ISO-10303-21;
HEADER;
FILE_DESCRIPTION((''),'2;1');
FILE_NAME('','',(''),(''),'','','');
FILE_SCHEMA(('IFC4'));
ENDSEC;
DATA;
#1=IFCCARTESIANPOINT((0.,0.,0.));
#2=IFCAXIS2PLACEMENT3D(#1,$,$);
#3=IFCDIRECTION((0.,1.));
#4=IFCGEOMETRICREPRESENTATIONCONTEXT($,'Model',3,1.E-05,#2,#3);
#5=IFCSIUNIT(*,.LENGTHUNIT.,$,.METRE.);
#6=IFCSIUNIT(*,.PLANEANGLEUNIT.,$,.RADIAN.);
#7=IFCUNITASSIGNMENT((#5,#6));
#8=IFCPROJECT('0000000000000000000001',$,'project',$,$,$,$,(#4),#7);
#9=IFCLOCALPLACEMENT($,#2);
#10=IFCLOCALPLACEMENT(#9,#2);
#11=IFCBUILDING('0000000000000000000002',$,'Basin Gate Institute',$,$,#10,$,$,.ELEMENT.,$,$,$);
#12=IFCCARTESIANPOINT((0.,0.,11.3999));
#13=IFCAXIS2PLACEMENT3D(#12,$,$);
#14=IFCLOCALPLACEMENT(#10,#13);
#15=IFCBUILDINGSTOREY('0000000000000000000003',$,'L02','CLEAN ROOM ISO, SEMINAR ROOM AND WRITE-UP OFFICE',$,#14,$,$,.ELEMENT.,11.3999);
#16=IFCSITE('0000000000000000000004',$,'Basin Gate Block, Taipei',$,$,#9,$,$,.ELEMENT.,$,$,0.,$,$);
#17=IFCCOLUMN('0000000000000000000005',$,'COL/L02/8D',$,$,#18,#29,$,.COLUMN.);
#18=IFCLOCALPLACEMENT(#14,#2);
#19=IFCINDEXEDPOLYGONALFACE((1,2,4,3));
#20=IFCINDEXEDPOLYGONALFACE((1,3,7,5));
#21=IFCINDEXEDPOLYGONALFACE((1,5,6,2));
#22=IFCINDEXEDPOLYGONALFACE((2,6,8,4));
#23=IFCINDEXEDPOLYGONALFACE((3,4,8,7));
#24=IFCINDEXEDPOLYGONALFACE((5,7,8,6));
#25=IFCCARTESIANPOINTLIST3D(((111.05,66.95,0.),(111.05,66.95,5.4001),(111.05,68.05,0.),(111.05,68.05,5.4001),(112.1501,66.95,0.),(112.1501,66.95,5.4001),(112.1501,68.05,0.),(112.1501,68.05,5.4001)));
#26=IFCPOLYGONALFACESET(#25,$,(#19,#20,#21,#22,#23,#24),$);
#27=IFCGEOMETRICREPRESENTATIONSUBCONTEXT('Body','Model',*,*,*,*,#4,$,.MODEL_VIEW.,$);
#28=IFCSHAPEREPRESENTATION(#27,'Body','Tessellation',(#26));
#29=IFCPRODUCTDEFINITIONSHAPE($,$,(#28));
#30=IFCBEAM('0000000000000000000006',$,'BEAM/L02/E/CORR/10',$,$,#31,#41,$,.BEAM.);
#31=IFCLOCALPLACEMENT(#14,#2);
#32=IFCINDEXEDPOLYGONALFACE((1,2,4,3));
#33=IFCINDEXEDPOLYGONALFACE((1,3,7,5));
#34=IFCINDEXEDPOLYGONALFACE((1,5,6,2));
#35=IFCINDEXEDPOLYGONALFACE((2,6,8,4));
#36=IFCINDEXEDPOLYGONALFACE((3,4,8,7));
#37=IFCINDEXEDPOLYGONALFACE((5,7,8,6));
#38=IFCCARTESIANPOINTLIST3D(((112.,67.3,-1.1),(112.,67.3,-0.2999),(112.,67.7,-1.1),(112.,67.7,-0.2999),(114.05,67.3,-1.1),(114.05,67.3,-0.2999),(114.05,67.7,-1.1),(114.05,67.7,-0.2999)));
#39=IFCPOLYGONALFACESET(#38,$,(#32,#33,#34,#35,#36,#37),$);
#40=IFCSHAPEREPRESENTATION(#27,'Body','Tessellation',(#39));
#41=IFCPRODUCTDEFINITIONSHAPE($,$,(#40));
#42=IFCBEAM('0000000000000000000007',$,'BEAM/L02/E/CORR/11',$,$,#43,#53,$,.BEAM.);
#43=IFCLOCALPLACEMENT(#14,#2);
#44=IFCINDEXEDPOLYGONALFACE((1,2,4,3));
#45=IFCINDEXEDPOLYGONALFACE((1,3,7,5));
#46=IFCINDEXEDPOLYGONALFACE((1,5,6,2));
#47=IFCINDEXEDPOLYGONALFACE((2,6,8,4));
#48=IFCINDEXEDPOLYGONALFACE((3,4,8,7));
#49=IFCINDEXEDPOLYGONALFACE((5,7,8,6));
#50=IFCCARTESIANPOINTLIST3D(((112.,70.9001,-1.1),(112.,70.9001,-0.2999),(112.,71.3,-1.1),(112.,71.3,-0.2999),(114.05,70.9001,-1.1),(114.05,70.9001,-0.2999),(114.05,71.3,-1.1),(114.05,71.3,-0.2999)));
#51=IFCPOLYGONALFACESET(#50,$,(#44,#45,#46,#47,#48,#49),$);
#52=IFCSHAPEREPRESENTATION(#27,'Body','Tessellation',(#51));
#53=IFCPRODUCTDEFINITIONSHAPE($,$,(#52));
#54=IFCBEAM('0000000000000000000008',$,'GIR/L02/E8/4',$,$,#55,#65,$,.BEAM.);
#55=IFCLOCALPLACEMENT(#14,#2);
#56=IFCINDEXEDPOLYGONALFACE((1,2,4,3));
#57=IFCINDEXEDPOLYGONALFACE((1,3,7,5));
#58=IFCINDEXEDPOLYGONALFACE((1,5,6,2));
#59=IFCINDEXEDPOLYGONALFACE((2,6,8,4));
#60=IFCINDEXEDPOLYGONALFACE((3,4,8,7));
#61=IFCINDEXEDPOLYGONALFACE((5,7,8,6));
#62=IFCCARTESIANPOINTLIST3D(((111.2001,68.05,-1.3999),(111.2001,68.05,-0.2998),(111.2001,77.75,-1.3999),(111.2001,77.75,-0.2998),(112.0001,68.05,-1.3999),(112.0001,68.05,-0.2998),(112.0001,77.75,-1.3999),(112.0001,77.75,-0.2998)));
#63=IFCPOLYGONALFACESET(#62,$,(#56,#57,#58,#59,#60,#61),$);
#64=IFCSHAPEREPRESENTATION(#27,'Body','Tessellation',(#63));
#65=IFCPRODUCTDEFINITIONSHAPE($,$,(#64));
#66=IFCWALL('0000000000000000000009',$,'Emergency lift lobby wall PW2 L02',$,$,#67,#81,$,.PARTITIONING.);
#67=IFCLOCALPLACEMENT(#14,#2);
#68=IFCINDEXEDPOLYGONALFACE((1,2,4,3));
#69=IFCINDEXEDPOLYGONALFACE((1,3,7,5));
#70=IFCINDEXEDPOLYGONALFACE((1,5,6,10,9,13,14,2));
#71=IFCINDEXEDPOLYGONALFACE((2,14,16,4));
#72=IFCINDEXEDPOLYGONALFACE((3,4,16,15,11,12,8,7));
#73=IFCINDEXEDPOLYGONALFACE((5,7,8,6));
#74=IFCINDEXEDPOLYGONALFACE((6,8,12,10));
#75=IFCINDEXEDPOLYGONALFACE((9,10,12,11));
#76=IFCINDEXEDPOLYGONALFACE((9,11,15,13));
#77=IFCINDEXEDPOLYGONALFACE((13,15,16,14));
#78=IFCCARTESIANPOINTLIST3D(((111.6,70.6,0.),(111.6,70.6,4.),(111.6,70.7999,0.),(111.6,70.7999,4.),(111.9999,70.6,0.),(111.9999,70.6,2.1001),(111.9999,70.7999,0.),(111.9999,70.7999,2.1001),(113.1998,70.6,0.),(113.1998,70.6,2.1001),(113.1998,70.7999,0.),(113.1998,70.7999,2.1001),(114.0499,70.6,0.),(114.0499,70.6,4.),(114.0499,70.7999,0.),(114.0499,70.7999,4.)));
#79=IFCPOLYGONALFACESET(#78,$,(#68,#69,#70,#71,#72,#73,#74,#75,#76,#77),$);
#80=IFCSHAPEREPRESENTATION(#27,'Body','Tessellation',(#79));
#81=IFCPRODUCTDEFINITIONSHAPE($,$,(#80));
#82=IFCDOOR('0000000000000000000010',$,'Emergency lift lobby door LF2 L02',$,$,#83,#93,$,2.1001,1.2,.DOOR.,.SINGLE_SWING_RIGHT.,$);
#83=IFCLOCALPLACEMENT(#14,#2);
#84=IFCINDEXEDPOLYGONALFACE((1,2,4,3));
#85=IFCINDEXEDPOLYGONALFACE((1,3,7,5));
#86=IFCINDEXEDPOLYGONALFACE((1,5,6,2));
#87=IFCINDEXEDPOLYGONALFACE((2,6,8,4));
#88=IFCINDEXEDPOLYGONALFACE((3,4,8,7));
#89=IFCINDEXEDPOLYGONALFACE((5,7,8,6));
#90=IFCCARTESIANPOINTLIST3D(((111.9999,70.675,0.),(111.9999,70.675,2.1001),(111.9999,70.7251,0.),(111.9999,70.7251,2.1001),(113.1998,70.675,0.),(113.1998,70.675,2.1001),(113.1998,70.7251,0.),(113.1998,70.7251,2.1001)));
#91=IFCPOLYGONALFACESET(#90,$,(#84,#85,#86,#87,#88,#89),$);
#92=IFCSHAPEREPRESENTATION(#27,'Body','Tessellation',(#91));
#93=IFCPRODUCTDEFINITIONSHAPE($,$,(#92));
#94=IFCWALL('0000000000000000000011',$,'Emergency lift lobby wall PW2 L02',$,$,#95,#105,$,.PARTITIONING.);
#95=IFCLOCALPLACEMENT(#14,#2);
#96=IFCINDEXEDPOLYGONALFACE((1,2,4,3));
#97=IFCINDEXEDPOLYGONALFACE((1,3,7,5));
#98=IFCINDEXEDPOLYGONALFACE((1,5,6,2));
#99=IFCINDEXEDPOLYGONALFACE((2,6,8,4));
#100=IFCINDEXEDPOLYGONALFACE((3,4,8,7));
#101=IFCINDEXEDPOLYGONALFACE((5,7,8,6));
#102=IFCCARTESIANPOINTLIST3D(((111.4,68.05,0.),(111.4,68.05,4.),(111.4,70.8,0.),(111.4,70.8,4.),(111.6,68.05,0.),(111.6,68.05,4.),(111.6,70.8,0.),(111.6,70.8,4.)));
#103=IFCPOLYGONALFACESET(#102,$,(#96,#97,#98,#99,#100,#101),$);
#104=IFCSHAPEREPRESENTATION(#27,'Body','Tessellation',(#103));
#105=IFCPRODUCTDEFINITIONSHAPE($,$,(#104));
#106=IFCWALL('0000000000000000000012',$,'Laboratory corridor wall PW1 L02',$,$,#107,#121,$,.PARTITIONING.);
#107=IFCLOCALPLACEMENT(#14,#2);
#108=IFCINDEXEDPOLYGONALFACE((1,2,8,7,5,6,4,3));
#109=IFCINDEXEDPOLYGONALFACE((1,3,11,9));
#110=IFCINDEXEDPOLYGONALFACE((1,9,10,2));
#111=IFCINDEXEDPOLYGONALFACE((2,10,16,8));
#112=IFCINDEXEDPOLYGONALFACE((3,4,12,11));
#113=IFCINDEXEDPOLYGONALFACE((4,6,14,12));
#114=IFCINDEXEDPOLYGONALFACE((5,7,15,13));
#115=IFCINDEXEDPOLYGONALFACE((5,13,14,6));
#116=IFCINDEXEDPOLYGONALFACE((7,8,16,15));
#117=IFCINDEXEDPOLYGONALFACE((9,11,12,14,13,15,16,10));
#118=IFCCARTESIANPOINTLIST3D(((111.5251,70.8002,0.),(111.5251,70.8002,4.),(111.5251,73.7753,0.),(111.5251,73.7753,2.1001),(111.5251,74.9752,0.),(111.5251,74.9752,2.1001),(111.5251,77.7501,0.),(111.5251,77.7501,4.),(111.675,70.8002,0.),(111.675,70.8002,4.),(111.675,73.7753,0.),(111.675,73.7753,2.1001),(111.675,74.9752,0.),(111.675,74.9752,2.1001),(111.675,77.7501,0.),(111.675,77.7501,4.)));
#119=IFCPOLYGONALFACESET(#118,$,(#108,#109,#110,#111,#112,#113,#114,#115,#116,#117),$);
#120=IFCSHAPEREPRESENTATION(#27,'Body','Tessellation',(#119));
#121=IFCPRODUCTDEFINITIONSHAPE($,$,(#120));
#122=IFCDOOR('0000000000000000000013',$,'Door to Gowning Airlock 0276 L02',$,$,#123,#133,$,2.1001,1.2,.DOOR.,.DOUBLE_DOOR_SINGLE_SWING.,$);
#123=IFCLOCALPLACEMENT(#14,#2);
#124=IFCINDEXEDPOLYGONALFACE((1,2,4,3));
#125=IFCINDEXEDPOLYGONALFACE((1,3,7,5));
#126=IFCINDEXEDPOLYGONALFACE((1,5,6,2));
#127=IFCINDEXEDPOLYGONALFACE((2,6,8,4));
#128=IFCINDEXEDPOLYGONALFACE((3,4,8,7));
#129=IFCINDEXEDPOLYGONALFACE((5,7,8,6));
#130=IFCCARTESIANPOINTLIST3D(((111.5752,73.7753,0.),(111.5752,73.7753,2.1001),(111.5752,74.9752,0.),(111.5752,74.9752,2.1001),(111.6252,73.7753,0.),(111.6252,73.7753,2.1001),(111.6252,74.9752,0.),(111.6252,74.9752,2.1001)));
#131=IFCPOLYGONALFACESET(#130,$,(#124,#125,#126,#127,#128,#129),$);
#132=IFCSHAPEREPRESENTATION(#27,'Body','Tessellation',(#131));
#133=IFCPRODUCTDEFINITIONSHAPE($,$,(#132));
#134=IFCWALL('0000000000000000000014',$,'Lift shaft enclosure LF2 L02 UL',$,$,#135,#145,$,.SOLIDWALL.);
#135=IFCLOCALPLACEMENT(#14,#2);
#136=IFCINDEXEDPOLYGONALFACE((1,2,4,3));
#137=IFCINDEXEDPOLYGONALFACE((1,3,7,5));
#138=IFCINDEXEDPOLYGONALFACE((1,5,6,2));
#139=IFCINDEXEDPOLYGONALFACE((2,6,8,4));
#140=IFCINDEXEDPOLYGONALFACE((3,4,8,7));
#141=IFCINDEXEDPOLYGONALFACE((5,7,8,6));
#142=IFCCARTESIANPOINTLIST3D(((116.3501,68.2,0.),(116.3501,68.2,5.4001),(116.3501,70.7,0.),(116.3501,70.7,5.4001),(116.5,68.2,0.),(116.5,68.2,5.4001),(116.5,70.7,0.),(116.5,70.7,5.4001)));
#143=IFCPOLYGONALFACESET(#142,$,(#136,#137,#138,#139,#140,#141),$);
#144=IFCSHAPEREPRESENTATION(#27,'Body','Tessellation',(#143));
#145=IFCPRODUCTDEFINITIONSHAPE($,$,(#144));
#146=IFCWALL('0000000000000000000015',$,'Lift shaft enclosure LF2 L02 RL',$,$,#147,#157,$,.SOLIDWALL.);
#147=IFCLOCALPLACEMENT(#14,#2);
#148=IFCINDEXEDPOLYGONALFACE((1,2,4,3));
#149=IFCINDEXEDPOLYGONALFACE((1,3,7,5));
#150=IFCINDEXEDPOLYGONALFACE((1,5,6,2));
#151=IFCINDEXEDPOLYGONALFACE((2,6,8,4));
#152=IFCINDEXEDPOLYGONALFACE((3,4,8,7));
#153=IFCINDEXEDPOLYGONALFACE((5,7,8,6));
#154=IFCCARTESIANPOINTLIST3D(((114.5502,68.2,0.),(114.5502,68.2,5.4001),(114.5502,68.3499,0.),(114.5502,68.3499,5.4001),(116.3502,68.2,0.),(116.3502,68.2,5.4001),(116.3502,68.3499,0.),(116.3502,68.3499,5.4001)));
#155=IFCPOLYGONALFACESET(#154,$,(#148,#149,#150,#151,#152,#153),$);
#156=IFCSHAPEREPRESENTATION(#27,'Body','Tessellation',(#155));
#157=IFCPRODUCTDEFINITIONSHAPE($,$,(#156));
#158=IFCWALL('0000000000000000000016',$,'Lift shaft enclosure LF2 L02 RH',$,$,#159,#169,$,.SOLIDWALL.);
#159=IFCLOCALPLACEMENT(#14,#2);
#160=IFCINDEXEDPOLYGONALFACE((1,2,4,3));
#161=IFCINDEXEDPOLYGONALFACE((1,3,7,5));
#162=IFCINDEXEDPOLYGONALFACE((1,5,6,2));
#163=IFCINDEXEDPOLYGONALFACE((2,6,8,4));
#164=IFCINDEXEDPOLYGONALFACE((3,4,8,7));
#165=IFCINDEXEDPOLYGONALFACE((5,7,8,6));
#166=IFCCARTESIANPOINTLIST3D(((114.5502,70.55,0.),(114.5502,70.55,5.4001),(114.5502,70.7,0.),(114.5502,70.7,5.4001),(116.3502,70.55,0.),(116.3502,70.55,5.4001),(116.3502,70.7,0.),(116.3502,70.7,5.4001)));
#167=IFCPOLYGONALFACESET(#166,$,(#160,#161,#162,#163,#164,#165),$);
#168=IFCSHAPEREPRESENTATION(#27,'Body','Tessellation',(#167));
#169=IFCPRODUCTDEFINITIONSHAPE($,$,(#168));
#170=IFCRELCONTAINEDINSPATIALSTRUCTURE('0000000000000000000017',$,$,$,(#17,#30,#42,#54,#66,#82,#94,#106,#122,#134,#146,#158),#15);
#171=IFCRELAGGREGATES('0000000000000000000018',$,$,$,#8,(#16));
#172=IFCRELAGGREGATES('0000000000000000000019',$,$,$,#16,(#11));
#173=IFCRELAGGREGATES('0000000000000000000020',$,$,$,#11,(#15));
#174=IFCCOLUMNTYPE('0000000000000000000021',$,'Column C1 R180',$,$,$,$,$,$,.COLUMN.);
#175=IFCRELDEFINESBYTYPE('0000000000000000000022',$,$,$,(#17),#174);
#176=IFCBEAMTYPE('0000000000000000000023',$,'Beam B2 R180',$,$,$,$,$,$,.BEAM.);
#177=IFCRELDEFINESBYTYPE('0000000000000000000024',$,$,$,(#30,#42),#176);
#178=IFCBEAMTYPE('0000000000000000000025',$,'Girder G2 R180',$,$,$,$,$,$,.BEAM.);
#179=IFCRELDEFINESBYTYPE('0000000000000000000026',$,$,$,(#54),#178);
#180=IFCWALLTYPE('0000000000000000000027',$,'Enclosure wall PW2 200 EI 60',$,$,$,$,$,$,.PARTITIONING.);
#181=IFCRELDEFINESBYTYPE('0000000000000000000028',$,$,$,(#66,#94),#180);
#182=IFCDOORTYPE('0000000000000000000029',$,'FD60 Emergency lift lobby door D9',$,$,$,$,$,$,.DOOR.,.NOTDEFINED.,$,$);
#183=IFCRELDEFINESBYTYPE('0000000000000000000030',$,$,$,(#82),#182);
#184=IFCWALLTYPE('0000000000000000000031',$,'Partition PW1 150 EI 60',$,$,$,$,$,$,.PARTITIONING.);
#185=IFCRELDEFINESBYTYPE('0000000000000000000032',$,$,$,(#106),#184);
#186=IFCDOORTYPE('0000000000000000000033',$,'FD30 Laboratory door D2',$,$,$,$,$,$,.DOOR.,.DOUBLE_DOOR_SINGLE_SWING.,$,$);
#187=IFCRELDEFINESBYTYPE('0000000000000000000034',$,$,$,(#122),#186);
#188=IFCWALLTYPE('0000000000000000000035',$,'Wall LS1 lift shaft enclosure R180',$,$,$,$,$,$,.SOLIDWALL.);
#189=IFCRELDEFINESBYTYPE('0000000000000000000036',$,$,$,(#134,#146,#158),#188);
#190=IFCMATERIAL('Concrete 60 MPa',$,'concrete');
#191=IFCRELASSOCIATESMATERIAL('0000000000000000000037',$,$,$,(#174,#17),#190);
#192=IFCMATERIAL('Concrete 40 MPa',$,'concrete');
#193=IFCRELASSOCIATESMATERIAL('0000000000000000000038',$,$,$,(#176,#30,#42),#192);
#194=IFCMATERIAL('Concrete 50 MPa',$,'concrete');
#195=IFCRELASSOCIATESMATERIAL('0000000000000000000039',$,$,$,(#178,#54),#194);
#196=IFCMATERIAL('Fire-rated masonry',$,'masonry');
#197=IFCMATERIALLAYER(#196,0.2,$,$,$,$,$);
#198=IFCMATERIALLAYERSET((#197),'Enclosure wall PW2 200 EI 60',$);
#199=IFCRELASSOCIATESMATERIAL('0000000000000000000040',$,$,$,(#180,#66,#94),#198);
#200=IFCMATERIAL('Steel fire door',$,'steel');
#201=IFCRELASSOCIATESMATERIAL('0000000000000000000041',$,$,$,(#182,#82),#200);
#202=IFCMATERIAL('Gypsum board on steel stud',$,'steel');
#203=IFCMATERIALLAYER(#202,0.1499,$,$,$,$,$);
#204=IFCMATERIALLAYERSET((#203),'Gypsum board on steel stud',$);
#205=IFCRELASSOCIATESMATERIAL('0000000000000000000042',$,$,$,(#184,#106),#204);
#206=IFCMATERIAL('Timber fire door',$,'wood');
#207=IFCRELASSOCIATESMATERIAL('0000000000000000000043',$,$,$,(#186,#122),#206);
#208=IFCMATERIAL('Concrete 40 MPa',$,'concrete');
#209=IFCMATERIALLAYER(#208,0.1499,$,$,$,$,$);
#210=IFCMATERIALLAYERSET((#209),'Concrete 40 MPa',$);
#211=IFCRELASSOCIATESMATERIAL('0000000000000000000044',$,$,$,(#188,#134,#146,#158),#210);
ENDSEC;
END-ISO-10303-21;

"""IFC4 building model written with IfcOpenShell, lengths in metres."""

from ifc_helpers import new_model, si_unit, direction, frame, frame_2d, origin, origin_2d, place, context, subcontext, project, spatial, rectangle, extrude, material, layer, layer_set, material_profile, profile_set, type_object, element, fill, save


model = new_model("IFC4")

# Units and contexts
model_context = context("Model", 3, precision=1e-05, world=origin(), true_north=direction((0.0, 1.0)))
body_context = subcontext(model_context, "Body", "Model", "MODEL_VIEW")
ifc_project = project(units=[si_unit("LENGTHUNIT", "METRE"), si_unit("PLANEANGLEUNIT", "RADIAN")], contexts=[model_context])

# Site, building, storey
site_placement = place(None, origin())
site = spatial("IfcSite", under=ifc_project, at=site_placement, Name="Basin Gate Block, Taipei", CompositionType="ELEMENT", RefElevation=0.0)
building_placement = place(site_placement, origin())
building = spatial("IfcBuilding", under=site, at=building_placement, Name="Basin Gate Institute", CompositionType="ELEMENT")
storey_placement = place(building_placement, frame((0.0, 0.0, 11.3999)))
storey = spatial("IfcBuildingStorey", under=building, at=storey_placement, Name="L02", Description="CLEAN ROOM ISO, SEMINAR ROOM AND WRITE-UP OFFICE", CompositionType="ELEMENT", Elevation=11.3999)

# Column
ifc_material_1 = material(Name="Concrete 60 MPa", Category="concrete")
ifc_material_profile_1 = material_profile(ifc_material_1, rectangle(XDim=1.1001, YDim=1.1001, at=origin_2d()), Name="Column C1 1100 x 1100")
ifc_profile_set_1 = profile_set([ifc_material_profile_1], Name="Concrete 60 MPa")
column_type = type_object("IfcColumnType", Name="Column C1 R180", PredefinedType="COLUMN", material=ifc_profile_set_1)
column_placement = place(storey_placement, frame((111.6001, 67.5, 0.0), z_axis=(0.0, 0.0, 1.0), x_axis=(1.0, 0.0, 0.0)))
element("IfcColumn", 1, at=column_placement, inside=storey, type_object=column_type, material=ifc_profile_set_1, Name="COL/L02/8D", PredefinedType="COLUMN", context=body_context, shape_type="SweptSolid", body=[
    extrude(rectangle(XDim=1.1001, YDim=1.1001, at=origin_2d()), origin(), (0.0, 0.0, 1.0), 5.4001),
])

# Beams
ifc_material_2 = material(Name="Concrete 40 MPa", Category="concrete")
ifc_material_profile_2 = material_profile(ifc_material_2, rectangle(XDim=0.3999, YDim=0.8, at=origin_2d()), Name="Beam B2 400 x 800")
ifc_profile_set_2 = profile_set([ifc_material_profile_2], Name="Concrete 40 MPa")
beam_type_1 = type_object("IfcBeamType", Name="Beam B2 R180", PredefinedType="BEAM", material=ifc_profile_set_2)
for number, where, z_axis, x_axis, name in (
    (2, (114.05, 67.5, -0.7), (-1.0, 0.0, 0.0), (0.0, -1.0, 0.0), "BEAM/L02/E/CORR/10"),
    (3, (114.05, 71.1001, -0.7), (-1.0, 0.0, 0.0), (0.0, -1.0, 0.0), "BEAM/L02/E/CORR/11"),
):
    element("IfcBeam", number, at=place(storey_placement, frame(where, z_axis=z_axis, x_axis=x_axis)), inside=storey, type_object=beam_type_1, material=ifc_profile_set_2, Name=name, PredefinedType="BEAM", context=body_context, shape_type="SweptSolid", body=[
        extrude(rectangle(XDim=0.3999, YDim=0.8, at=origin_2d()), origin(), (0.0, 0.0, 1.0), 2.05),
    ])
ifc_material_3 = material(Name="Concrete 50 MPa", Category="concrete")
ifc_material_profile_3 = material_profile(ifc_material_3, rectangle(XDim=0.8, YDim=1.1001, at=origin_2d()), Name="Girder G2 800 x 1100")
ifc_profile_set_3 = profile_set([ifc_material_profile_3], Name="Concrete 50 MPa")
beam_type_2 = type_object("IfcBeamType", Name="Girder G2 R180", PredefinedType="BEAM", material=ifc_profile_set_3)
beam_placement = place(storey_placement, frame((111.6001, 68.05, -0.8499), z_axis=(0.0, 1.0, 0.0), x_axis=(-1.0, 0.0, 0.0)))
element("IfcBeam", 4, at=beam_placement, inside=storey, type_object=beam_type_2, material=ifc_profile_set_3, Name="GIR/L02/E8/4", PredefinedType="BEAM", context=body_context, shape_type="SweptSolid", body=[
    extrude(rectangle(XDim=0.8, YDim=1.1001, at=origin_2d()), origin(), (0.0, 0.0, 1.0), 9.7),
])

# Wall, opening, door
ifc_material_4 = material(Name="Fire-rated masonry", Category="masonry")
ifc_layer_1 = layer(ifc_material_4, 0.2)
ifc_layer_set_1 = layer_set([ifc_layer_1], Name="Enclosure wall PW2 200 EI 60")
wall_type_1 = type_object("IfcWallType", Name="Enclosure wall PW2 200 EI 60", PredefinedType="PARTITIONING", material=ifc_layer_set_1)
wall_1_placement = place(storey_placement, frame((114.05, 70.7, 0.0), z_axis=(0.0, 0.0, 1.0), x_axis=(-1.0, 0.0, 0.0)))
wall_1 = element("IfcWall", 5, at=wall_1_placement, inside=storey, type_object=wall_type_1, material=ifc_layer_set_1, Name="Emergency lift lobby wall PW2 L02", PredefinedType="PARTITIONING", context=body_context, shape_type="SweptSolid", body=[
    extrude(rectangle(XDim=2.45, YDim=0.2, at=frame_2d((1.2251, 0.0))), origin(), (0.0, 0.0, 1.0), 4.0),
])
opening_1_placement = place(wall_1_placement, frame((0.8501, 0.0, 0.0)))
opening_1 = element("IfcOpeningElement", 6, at=opening_1_placement, cuts=wall_1, PredefinedType="OPENING", context=body_context, shape_type="SweptSolid", body=[
    extrude(rectangle(XDim=1.2, YDim=2.1001, at=frame_2d((0.6001, 1.05))), frame((0.0, 0.1099, 0.0), z_axis=(0.0, -1.0, 0.0), x_axis=(1.0, 0.0, 0.0)), (0.0, 0.0, 1.0), 0.22),
])
ifc_material_5 = material(Name="Steel fire door", Category="steel")
door_type_1 = type_object("IfcDoorType", Name="FD60 Emergency lift lobby door D9", OperationType="NOTDEFINED", PredefinedType="DOOR", material=ifc_material_5)
door_1_placement = place(opening_1_placement, origin())
door_1 = element("IfcDoor", 7, at=door_1_placement, inside=storey, type_object=door_type_1, material=ifc_material_5, Name="Emergency lift lobby door LF2 L02", OperationType="SINGLE_SWING_RIGHT", OverallHeight=2.1001, OverallWidth=1.2, PredefinedType="DOOR", context=body_context, shape_type="SweptSolid", body=[
    extrude(rectangle(XDim=1.2, YDim=2.1001, at=frame_2d((0.6001, 1.05))), frame((0.0, 0.0249, 0.0), z_axis=(0.0, -1.0, 0.0), x_axis=(1.0, 0.0, 0.0)), (0.0, 0.0, 1.0), 0.05),
])
fill(opening_1, door_1)

# Wall
wall_2_placement = place(storey_placement, frame((111.5, 68.05, 0.0), z_axis=(0.0, 0.0, 1.0), x_axis=(0.0, 1.0, 0.0)))
element("IfcWall", 8, at=wall_2_placement, inside=storey, type_object=wall_type_1, material=ifc_layer_set_1, Name="Emergency lift lobby wall PW2 L02", PredefinedType="PARTITIONING", context=body_context, shape_type="SweptSolid", body=[
    extrude(rectangle(XDim=2.75, YDim=0.2, at=frame_2d((1.375, 0.0))), origin(), (0.0, 0.0, 1.0), 4.0),
])

# Wall, opening, door
ifc_material_6 = material(Name="Gypsum board on steel stud", Category="steel")
ifc_layer_2 = layer(ifc_material_6, 0.1499)
ifc_layer_set_2 = layer_set([ifc_layer_2], Name="Gypsum board on steel stud")
wall_type_2 = type_object("IfcWallType", Name="Partition PW1 150 EI 60", PredefinedType="PARTITIONING", material=ifc_layer_set_2)
wall_3_placement = place(storey_placement, frame((111.6001, 70.8, 0.0), z_axis=(0.0, 0.0, 1.0), x_axis=(0.0, 1.0, 0.0)))
wall_3 = element("IfcWall", 9, at=wall_3_placement, inside=storey, type_object=wall_type_2, material=ifc_layer_set_2, Name="Laboratory corridor wall PW1 L02", PredefinedType="PARTITIONING", context=body_context, shape_type="SweptSolid", body=[
    extrude(rectangle(XDim=6.95, YDim=0.1499, at=frame_2d((3.4751, 0.0))), origin(), (0.0, 0.0, 1.0), 4.0),
])
opening_2_placement = place(wall_3_placement, frame((2.9751, 0.0, 0.0)))
opening_2 = element("IfcOpeningElement", 10, at=opening_2_placement, cuts=wall_3, PredefinedType="OPENING", context=body_context, shape_type="SweptSolid", body=[
    extrude(rectangle(XDim=1.2, YDim=2.1001, at=frame_2d((0.6001, 1.05))), frame((0.0, 0.085, 0.0), z_axis=(0.0, -1.0, 0.0), x_axis=(1.0, 0.0, 0.0)), (0.0, 0.0, 1.0), 0.1699),
])
ifc_material_7 = material(Name="Timber fire door", Category="wood")
door_type_2 = type_object("IfcDoorType", Name="FD30 Laboratory door D2", OperationType="DOUBLE_DOOR_SINGLE_SWING", PredefinedType="DOOR", material=ifc_material_7)
door_2_placement = place(opening_2_placement, origin())
door_2 = element("IfcDoor", 11, at=door_2_placement, inside=storey, type_object=door_type_2, material=ifc_material_7, Name="Door to Gowning Airlock 0276 L02", OperationType="DOUBLE_DOOR_SINGLE_SWING", OverallHeight=2.1001, OverallWidth=1.2, PredefinedType="DOOR", context=body_context, shape_type="SweptSolid", body=[
    extrude(rectangle(XDim=1.2, YDim=2.1001, at=frame_2d((0.6001, 1.05))), frame((0.0, 0.0249, 0.0), z_axis=(0.0, -1.0, 0.0), x_axis=(1.0, 0.0, 0.0)), (0.0, 0.0, 1.0), 0.05),
])
fill(opening_2, door_2)

# Walls
ifc_material_8 = material(Name="Concrete 40 MPa", Category="concrete")
ifc_layer_3 = layer(ifc_material_8, 0.1499)
ifc_layer_set_3 = layer_set([ifc_layer_3], Name="Concrete 40 MPa")
wall_type_3 = type_object("IfcWallType", Name="Wall LS1 lift shaft enclosure R180", PredefinedType="SOLIDWALL", material=ifc_layer_set_3)
wall_4_placement = place(storey_placement, frame((116.425, 68.2, 0.0), z_axis=(0.0, 0.0, 1.0), x_axis=(0.0, 1.0, 0.0)))
element("IfcWall", 12, at=wall_4_placement, inside=storey, type_object=wall_type_3, material=ifc_layer_set_3, Name="Lift shaft enclosure LF2 L02 UL", PredefinedType="SOLIDWALL", context=body_context, shape_type="SweptSolid", body=[
    extrude(rectangle(XDim=2.5, YDim=0.1499, at=frame_2d((1.25, 0.0))), origin(), (0.0, 0.0, 1.0), 5.4001),
])
for number, where, z_axis, x_axis, name in (
    (13, (116.3501, 68.2749, 0.0), (0.0, 0.0, 1.0), (-1.0, 0.0, 0.0), "Lift shaft enclosure LF2 L02 RL"),
    (14, (116.3501, 70.625, 0.0), (0.0, 0.0, 1.0), (-1.0, 0.0, 0.0), "Lift shaft enclosure LF2 L02 RH"),
):
    element("IfcWall", number, at=place(storey_placement, frame(where, z_axis=z_axis, x_axis=x_axis)), inside=storey, type_object=wall_type_3, material=ifc_layer_set_3, Name=name, PredefinedType="SOLIDWALL", context=body_context, shape_type="SweptSolid", body=[
        extrude(rectangle(XDim=1.8, YDim=0.1499, at=frame_2d((0.8999, 0.0))), origin(), (0.0, 0.0, 1.0), 5.4001),
    ])

save(model, "model.ifc")
